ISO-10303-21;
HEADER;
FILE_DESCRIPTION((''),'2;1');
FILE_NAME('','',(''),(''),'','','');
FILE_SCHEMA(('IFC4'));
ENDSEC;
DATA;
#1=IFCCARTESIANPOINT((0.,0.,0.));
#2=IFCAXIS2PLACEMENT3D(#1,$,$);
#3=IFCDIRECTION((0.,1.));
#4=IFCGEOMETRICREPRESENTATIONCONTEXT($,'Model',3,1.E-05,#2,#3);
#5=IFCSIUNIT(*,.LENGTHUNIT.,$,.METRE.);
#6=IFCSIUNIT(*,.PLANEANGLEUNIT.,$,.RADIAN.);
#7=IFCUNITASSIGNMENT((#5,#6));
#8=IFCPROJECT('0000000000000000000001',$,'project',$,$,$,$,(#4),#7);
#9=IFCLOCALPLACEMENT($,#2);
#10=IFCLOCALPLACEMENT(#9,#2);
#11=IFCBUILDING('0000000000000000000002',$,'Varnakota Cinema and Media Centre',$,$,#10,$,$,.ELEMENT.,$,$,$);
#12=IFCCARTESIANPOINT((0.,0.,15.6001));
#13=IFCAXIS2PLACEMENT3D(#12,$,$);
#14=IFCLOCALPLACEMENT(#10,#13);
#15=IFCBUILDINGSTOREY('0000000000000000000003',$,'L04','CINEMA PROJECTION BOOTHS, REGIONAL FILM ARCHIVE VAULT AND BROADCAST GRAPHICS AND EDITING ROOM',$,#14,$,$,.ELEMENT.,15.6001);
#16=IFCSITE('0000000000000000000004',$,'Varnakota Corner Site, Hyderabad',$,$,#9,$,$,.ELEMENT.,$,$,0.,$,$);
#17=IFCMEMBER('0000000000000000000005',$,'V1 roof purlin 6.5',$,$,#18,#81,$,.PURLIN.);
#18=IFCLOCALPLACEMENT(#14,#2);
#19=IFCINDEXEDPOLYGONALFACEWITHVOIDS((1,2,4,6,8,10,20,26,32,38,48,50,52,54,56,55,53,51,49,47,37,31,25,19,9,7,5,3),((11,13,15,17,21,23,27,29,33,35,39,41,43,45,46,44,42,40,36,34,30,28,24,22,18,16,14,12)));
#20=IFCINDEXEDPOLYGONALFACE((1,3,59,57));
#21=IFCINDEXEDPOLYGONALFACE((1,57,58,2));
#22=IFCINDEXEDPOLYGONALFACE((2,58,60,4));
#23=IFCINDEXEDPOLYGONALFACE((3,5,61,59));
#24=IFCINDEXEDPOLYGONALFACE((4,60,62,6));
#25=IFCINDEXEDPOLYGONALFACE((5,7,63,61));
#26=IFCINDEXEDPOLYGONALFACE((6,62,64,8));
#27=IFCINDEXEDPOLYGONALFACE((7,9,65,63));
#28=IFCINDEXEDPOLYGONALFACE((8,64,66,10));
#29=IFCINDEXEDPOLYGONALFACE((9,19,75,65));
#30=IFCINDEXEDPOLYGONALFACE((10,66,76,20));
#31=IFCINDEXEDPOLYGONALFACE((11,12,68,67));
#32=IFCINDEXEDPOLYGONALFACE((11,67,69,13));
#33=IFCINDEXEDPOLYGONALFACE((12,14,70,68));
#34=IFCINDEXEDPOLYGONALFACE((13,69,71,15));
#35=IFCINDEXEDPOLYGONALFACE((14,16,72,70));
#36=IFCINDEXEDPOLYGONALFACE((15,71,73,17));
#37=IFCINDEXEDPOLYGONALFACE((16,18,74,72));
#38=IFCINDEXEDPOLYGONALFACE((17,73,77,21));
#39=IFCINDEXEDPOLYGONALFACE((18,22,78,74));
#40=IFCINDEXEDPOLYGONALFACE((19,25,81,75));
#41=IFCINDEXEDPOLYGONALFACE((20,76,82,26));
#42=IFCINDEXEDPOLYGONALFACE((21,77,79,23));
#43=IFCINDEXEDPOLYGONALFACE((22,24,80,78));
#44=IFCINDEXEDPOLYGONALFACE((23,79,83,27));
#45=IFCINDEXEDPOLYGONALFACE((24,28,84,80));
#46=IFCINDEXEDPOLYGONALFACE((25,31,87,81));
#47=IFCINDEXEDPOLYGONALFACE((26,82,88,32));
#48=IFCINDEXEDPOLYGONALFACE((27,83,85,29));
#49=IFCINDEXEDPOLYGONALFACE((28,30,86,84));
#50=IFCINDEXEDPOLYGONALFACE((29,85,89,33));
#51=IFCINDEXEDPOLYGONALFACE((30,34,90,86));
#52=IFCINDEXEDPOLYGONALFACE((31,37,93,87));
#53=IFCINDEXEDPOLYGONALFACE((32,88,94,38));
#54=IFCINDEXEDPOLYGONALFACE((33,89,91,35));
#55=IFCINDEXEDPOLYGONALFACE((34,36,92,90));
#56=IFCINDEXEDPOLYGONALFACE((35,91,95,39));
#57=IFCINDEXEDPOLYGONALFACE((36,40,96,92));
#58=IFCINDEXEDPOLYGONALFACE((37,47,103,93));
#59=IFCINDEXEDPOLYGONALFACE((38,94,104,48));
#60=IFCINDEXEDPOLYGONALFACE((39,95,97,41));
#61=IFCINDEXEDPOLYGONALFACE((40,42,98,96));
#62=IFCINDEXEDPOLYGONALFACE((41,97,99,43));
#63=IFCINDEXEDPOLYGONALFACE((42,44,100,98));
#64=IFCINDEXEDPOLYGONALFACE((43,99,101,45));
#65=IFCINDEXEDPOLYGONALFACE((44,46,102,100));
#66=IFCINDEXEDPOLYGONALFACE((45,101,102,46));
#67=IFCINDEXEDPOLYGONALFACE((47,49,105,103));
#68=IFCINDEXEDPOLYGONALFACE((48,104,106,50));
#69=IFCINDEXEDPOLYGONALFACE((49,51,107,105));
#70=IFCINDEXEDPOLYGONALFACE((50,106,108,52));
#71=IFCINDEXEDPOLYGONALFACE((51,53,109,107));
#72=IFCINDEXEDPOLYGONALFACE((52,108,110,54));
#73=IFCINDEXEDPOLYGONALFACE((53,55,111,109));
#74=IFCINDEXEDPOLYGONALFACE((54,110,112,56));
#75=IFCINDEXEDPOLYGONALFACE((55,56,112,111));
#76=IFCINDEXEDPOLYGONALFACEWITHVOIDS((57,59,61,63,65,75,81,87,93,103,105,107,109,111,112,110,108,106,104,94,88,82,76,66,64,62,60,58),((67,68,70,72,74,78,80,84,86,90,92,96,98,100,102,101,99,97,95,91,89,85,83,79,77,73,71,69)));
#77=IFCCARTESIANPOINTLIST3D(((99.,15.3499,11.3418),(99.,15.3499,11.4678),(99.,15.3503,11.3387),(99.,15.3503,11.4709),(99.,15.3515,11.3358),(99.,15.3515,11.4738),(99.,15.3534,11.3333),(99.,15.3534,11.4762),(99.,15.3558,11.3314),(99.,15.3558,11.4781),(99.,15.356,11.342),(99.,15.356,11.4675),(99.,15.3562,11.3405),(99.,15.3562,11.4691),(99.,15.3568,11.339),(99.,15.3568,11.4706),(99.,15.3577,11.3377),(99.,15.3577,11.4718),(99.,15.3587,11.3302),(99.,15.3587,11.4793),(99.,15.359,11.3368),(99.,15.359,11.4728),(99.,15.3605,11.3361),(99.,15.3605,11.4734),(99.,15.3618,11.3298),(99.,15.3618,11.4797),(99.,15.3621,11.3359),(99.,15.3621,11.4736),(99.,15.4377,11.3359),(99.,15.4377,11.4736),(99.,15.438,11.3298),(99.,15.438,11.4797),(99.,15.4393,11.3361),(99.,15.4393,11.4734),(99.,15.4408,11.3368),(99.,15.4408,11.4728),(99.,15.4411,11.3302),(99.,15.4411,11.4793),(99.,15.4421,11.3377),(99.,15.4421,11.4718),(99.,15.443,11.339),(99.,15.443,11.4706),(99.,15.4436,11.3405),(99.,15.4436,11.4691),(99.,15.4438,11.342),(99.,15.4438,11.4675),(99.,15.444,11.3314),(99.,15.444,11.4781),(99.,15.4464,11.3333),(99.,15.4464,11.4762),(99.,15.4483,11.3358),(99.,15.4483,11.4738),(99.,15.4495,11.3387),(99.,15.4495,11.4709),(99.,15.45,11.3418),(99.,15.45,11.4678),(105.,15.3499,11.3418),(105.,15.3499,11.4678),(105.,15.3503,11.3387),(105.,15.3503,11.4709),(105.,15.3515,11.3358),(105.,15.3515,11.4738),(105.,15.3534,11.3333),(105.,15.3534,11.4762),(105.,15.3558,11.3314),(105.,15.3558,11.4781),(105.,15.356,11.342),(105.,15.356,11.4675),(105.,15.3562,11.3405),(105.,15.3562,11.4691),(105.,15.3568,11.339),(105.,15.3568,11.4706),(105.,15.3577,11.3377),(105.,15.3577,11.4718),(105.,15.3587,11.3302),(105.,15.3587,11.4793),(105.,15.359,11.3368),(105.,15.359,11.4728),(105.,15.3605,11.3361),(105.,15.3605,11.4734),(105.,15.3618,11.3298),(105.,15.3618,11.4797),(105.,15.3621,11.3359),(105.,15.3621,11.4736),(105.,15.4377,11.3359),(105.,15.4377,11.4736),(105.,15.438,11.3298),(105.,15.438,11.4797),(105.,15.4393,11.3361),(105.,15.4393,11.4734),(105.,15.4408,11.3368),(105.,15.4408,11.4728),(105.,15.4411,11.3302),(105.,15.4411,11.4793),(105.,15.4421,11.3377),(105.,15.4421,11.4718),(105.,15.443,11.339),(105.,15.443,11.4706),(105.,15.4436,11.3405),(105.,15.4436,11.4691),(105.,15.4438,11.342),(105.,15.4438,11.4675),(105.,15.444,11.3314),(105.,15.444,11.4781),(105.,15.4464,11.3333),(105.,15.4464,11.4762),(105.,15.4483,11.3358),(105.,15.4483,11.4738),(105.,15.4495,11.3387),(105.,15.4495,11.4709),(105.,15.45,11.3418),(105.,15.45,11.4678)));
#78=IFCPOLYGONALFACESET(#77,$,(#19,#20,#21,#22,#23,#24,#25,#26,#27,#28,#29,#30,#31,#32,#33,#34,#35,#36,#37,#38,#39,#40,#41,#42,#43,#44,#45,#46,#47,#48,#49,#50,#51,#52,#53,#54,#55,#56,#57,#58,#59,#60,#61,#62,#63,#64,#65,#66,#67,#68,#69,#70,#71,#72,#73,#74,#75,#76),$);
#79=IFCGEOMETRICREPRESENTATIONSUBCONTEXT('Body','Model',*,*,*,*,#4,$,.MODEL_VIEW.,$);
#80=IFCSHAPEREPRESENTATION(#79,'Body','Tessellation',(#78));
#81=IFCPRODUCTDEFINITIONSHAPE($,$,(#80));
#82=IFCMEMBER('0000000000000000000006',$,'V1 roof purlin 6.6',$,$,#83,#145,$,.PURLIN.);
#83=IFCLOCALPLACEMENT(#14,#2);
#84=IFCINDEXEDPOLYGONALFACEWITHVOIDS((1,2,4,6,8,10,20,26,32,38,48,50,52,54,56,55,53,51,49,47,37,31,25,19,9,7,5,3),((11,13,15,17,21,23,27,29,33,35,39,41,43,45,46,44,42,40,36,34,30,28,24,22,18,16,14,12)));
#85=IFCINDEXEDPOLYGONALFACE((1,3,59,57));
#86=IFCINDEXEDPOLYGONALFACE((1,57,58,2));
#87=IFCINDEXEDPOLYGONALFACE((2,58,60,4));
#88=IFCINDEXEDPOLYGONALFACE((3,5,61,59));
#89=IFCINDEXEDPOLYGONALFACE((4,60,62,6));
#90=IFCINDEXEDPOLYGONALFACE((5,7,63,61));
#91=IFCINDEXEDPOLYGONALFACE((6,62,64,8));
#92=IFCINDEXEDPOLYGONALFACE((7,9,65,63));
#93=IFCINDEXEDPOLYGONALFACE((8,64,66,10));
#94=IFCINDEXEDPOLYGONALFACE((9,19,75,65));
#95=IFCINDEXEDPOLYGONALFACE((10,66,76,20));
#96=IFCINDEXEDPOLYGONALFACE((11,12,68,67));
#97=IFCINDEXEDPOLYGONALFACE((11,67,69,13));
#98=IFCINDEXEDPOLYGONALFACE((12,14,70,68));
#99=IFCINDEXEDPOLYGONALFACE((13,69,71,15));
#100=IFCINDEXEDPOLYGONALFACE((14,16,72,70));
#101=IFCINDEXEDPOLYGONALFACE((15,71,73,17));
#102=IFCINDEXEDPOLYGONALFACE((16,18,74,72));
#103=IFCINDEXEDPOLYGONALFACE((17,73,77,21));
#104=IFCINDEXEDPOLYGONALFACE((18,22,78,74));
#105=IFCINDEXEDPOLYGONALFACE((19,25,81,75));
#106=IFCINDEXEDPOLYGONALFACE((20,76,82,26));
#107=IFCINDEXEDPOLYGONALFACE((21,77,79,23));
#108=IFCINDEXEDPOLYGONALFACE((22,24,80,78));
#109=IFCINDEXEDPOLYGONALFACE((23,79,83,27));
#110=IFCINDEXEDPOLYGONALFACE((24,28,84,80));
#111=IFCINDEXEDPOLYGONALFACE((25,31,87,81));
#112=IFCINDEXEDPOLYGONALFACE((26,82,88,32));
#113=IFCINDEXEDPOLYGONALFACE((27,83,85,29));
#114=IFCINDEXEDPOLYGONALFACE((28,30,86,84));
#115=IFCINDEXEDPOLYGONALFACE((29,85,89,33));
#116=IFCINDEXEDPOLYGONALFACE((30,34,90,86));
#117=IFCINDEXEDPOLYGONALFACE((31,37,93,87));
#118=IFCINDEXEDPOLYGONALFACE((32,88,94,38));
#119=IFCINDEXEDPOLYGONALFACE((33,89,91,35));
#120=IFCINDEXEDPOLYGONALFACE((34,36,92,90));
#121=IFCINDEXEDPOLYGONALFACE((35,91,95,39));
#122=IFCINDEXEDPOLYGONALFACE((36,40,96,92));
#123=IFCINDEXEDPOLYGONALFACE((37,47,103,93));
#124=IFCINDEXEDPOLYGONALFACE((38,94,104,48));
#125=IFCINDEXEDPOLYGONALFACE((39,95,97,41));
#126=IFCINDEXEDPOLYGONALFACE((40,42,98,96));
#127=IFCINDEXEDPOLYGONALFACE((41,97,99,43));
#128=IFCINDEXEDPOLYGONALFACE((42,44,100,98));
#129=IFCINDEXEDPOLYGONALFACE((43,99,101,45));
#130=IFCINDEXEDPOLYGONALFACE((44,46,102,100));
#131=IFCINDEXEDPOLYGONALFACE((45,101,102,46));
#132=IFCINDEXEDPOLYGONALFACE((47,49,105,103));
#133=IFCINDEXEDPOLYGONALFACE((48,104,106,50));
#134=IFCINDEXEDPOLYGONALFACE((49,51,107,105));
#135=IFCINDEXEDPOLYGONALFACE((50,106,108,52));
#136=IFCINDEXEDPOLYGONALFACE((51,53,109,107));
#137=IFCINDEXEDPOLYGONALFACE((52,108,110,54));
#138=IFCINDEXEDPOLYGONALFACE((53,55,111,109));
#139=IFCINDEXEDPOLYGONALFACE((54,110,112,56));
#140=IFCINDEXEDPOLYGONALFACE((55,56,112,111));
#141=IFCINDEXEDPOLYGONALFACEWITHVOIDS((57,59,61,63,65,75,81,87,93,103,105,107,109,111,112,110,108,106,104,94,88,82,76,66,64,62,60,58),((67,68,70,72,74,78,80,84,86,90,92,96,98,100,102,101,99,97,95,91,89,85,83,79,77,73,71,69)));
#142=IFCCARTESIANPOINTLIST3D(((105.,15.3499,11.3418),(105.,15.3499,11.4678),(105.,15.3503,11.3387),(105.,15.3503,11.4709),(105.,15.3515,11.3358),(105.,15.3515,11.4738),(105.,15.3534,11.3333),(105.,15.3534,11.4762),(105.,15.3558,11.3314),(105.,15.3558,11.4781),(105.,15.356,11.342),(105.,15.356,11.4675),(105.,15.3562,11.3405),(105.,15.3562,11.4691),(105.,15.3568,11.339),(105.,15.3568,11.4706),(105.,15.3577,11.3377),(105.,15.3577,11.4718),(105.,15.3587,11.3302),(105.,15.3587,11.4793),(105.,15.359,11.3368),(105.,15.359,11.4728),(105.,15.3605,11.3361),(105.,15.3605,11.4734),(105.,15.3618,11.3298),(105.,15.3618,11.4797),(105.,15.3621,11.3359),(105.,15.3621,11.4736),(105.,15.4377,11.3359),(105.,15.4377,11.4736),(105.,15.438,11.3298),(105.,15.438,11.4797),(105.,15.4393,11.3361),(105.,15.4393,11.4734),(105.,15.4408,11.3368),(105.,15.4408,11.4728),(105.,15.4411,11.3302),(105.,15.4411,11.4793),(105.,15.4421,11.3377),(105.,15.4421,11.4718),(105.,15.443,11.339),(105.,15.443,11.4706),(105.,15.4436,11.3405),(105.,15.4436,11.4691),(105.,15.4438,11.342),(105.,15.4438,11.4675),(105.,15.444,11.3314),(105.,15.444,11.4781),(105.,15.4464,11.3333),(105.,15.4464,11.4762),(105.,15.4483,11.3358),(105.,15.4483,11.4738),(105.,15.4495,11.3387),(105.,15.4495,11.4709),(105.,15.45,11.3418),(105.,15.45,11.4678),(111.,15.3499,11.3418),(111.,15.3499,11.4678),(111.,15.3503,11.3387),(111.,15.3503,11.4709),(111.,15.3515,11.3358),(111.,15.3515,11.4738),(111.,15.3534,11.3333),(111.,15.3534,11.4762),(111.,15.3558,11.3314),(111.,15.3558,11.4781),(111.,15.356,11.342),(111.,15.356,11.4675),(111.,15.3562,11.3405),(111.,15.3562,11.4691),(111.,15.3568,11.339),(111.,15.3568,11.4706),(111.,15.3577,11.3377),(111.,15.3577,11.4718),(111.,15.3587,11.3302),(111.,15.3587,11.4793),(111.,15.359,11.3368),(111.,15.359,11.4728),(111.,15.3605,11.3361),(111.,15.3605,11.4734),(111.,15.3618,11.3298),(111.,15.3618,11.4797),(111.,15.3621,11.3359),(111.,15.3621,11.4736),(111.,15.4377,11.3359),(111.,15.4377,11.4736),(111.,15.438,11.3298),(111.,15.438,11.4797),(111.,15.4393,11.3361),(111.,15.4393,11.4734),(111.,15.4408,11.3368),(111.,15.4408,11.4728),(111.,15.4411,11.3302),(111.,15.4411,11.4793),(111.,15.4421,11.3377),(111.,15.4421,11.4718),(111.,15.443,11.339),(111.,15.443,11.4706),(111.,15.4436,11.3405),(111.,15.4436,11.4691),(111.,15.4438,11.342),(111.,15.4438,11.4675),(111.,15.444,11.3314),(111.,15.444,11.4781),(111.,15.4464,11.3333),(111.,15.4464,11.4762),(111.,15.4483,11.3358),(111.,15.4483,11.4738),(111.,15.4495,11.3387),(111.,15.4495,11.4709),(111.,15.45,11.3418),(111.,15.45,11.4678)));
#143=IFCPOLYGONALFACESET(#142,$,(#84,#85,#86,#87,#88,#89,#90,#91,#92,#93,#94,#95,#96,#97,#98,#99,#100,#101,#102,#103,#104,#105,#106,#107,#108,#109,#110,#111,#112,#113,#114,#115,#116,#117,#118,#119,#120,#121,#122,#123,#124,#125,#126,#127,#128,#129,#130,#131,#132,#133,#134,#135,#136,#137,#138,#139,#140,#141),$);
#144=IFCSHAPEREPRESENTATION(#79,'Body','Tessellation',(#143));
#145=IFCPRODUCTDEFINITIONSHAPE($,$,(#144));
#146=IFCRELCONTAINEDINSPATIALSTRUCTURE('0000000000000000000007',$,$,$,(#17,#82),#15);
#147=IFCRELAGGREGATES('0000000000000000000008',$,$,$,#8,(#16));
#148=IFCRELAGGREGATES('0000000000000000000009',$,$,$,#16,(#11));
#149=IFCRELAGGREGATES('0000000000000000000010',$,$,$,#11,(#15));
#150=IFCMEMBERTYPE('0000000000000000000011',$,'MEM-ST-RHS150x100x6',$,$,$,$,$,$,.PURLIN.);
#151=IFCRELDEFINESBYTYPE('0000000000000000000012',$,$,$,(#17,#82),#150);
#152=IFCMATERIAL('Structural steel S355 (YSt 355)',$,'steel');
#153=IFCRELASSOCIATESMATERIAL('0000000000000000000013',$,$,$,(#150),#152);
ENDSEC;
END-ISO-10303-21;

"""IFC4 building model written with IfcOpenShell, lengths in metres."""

from ifc_helpers import new_model, si_unit, direction, frame, origin, origin_2d, place, context, subcontext, project, spatial, hollow_rectangle, extrude, material, material_profile, profile_set, type_object, element, save


model = new_model("IFC4")

# Units and contexts
model_context = context("Model", 3, precision=1e-05, world=origin(), true_north=direction((0.0, 1.0)))
body_context = subcontext(model_context, "Body", "Model", "MODEL_VIEW")
ifc_project = project(units=[si_unit("LENGTHUNIT", "METRE"), si_unit("PLANEANGLEUNIT", "RADIAN")], contexts=[model_context])

# Site, building, storey
site_placement = place(None, origin())
site = spatial("IfcSite", under=ifc_project, at=site_placement, Name="Varnakota Corner Site, Hyderabad", CompositionType="ELEMENT", RefElevation=0.0)
building_placement = place(site_placement, origin())
building = spatial("IfcBuilding", under=site, at=building_placement, Name="Varnakota Cinema and Media Centre", CompositionType="ELEMENT")
storey_placement = place(building_placement, frame((0.0, 0.0, 15.6001)))
storey = spatial("IfcBuildingStorey", under=building, at=storey_placement, Name="L04", Description="CINEMA PROJECTION BOOTHS, REGIONAL FILM ARCHIVE VAULT AND BROADCAST GRAPHICS AND EDITING ROOM", CompositionType="ELEMENT", Elevation=15.6001)

# Members
ifc_material_1 = material(Name="Structural steel S355 (YSt 355)", Category="steel")
ifc_material_profile_1 = material_profile(ifc_material_1, hollow_rectangle(XDim=0.1001, YDim=0.1499, WallThickness=0.0061, InnerFilletRadius=0.0061, OuterFilletRadius=0.012, at=origin_2d()), Name="RHS 150x100x6")
ifc_profile_set_1 = profile_set([ifc_material_profile_1], Name="Structural steel S355 (YSt 355)")
member_type_1 = type_object("IfcMemberType", Name="MEM-ST-RHS150x100x6", PredefinedType="PURLIN", material=ifc_profile_set_1)
for number, where, z_axis, x_axis, name in (
    (1, (99.0, 15.3999, 11.4048), (1.0, 0.0, 0.0), (0.0, 1.0, 0.0), "V1 roof purlin 6.5"),
    (2, (105.0, 15.3999, 11.4048), (1.0, 0.0, 0.0), (0.0, 1.0, 0.0), "V1 roof purlin 6.6"),
):
    element("IfcMember", number, at=place(storey_placement, frame(where, z_axis=z_axis, x_axis=x_axis)), inside=storey, type_object=member_type_1, Name=name, PredefinedType="PURLIN", context=body_context, shape_type="SweptSolid", body=[
        extrude(hollow_rectangle(XDim=0.1001, YDim=0.1499, WallThickness=0.0061, InnerFilletRadius=0.0061, OuterFilletRadius=0.012, at=origin_2d()), origin(), (0.0, 0.0, 1.0), 6.0),
    ])

save(model, "model.ifc")
